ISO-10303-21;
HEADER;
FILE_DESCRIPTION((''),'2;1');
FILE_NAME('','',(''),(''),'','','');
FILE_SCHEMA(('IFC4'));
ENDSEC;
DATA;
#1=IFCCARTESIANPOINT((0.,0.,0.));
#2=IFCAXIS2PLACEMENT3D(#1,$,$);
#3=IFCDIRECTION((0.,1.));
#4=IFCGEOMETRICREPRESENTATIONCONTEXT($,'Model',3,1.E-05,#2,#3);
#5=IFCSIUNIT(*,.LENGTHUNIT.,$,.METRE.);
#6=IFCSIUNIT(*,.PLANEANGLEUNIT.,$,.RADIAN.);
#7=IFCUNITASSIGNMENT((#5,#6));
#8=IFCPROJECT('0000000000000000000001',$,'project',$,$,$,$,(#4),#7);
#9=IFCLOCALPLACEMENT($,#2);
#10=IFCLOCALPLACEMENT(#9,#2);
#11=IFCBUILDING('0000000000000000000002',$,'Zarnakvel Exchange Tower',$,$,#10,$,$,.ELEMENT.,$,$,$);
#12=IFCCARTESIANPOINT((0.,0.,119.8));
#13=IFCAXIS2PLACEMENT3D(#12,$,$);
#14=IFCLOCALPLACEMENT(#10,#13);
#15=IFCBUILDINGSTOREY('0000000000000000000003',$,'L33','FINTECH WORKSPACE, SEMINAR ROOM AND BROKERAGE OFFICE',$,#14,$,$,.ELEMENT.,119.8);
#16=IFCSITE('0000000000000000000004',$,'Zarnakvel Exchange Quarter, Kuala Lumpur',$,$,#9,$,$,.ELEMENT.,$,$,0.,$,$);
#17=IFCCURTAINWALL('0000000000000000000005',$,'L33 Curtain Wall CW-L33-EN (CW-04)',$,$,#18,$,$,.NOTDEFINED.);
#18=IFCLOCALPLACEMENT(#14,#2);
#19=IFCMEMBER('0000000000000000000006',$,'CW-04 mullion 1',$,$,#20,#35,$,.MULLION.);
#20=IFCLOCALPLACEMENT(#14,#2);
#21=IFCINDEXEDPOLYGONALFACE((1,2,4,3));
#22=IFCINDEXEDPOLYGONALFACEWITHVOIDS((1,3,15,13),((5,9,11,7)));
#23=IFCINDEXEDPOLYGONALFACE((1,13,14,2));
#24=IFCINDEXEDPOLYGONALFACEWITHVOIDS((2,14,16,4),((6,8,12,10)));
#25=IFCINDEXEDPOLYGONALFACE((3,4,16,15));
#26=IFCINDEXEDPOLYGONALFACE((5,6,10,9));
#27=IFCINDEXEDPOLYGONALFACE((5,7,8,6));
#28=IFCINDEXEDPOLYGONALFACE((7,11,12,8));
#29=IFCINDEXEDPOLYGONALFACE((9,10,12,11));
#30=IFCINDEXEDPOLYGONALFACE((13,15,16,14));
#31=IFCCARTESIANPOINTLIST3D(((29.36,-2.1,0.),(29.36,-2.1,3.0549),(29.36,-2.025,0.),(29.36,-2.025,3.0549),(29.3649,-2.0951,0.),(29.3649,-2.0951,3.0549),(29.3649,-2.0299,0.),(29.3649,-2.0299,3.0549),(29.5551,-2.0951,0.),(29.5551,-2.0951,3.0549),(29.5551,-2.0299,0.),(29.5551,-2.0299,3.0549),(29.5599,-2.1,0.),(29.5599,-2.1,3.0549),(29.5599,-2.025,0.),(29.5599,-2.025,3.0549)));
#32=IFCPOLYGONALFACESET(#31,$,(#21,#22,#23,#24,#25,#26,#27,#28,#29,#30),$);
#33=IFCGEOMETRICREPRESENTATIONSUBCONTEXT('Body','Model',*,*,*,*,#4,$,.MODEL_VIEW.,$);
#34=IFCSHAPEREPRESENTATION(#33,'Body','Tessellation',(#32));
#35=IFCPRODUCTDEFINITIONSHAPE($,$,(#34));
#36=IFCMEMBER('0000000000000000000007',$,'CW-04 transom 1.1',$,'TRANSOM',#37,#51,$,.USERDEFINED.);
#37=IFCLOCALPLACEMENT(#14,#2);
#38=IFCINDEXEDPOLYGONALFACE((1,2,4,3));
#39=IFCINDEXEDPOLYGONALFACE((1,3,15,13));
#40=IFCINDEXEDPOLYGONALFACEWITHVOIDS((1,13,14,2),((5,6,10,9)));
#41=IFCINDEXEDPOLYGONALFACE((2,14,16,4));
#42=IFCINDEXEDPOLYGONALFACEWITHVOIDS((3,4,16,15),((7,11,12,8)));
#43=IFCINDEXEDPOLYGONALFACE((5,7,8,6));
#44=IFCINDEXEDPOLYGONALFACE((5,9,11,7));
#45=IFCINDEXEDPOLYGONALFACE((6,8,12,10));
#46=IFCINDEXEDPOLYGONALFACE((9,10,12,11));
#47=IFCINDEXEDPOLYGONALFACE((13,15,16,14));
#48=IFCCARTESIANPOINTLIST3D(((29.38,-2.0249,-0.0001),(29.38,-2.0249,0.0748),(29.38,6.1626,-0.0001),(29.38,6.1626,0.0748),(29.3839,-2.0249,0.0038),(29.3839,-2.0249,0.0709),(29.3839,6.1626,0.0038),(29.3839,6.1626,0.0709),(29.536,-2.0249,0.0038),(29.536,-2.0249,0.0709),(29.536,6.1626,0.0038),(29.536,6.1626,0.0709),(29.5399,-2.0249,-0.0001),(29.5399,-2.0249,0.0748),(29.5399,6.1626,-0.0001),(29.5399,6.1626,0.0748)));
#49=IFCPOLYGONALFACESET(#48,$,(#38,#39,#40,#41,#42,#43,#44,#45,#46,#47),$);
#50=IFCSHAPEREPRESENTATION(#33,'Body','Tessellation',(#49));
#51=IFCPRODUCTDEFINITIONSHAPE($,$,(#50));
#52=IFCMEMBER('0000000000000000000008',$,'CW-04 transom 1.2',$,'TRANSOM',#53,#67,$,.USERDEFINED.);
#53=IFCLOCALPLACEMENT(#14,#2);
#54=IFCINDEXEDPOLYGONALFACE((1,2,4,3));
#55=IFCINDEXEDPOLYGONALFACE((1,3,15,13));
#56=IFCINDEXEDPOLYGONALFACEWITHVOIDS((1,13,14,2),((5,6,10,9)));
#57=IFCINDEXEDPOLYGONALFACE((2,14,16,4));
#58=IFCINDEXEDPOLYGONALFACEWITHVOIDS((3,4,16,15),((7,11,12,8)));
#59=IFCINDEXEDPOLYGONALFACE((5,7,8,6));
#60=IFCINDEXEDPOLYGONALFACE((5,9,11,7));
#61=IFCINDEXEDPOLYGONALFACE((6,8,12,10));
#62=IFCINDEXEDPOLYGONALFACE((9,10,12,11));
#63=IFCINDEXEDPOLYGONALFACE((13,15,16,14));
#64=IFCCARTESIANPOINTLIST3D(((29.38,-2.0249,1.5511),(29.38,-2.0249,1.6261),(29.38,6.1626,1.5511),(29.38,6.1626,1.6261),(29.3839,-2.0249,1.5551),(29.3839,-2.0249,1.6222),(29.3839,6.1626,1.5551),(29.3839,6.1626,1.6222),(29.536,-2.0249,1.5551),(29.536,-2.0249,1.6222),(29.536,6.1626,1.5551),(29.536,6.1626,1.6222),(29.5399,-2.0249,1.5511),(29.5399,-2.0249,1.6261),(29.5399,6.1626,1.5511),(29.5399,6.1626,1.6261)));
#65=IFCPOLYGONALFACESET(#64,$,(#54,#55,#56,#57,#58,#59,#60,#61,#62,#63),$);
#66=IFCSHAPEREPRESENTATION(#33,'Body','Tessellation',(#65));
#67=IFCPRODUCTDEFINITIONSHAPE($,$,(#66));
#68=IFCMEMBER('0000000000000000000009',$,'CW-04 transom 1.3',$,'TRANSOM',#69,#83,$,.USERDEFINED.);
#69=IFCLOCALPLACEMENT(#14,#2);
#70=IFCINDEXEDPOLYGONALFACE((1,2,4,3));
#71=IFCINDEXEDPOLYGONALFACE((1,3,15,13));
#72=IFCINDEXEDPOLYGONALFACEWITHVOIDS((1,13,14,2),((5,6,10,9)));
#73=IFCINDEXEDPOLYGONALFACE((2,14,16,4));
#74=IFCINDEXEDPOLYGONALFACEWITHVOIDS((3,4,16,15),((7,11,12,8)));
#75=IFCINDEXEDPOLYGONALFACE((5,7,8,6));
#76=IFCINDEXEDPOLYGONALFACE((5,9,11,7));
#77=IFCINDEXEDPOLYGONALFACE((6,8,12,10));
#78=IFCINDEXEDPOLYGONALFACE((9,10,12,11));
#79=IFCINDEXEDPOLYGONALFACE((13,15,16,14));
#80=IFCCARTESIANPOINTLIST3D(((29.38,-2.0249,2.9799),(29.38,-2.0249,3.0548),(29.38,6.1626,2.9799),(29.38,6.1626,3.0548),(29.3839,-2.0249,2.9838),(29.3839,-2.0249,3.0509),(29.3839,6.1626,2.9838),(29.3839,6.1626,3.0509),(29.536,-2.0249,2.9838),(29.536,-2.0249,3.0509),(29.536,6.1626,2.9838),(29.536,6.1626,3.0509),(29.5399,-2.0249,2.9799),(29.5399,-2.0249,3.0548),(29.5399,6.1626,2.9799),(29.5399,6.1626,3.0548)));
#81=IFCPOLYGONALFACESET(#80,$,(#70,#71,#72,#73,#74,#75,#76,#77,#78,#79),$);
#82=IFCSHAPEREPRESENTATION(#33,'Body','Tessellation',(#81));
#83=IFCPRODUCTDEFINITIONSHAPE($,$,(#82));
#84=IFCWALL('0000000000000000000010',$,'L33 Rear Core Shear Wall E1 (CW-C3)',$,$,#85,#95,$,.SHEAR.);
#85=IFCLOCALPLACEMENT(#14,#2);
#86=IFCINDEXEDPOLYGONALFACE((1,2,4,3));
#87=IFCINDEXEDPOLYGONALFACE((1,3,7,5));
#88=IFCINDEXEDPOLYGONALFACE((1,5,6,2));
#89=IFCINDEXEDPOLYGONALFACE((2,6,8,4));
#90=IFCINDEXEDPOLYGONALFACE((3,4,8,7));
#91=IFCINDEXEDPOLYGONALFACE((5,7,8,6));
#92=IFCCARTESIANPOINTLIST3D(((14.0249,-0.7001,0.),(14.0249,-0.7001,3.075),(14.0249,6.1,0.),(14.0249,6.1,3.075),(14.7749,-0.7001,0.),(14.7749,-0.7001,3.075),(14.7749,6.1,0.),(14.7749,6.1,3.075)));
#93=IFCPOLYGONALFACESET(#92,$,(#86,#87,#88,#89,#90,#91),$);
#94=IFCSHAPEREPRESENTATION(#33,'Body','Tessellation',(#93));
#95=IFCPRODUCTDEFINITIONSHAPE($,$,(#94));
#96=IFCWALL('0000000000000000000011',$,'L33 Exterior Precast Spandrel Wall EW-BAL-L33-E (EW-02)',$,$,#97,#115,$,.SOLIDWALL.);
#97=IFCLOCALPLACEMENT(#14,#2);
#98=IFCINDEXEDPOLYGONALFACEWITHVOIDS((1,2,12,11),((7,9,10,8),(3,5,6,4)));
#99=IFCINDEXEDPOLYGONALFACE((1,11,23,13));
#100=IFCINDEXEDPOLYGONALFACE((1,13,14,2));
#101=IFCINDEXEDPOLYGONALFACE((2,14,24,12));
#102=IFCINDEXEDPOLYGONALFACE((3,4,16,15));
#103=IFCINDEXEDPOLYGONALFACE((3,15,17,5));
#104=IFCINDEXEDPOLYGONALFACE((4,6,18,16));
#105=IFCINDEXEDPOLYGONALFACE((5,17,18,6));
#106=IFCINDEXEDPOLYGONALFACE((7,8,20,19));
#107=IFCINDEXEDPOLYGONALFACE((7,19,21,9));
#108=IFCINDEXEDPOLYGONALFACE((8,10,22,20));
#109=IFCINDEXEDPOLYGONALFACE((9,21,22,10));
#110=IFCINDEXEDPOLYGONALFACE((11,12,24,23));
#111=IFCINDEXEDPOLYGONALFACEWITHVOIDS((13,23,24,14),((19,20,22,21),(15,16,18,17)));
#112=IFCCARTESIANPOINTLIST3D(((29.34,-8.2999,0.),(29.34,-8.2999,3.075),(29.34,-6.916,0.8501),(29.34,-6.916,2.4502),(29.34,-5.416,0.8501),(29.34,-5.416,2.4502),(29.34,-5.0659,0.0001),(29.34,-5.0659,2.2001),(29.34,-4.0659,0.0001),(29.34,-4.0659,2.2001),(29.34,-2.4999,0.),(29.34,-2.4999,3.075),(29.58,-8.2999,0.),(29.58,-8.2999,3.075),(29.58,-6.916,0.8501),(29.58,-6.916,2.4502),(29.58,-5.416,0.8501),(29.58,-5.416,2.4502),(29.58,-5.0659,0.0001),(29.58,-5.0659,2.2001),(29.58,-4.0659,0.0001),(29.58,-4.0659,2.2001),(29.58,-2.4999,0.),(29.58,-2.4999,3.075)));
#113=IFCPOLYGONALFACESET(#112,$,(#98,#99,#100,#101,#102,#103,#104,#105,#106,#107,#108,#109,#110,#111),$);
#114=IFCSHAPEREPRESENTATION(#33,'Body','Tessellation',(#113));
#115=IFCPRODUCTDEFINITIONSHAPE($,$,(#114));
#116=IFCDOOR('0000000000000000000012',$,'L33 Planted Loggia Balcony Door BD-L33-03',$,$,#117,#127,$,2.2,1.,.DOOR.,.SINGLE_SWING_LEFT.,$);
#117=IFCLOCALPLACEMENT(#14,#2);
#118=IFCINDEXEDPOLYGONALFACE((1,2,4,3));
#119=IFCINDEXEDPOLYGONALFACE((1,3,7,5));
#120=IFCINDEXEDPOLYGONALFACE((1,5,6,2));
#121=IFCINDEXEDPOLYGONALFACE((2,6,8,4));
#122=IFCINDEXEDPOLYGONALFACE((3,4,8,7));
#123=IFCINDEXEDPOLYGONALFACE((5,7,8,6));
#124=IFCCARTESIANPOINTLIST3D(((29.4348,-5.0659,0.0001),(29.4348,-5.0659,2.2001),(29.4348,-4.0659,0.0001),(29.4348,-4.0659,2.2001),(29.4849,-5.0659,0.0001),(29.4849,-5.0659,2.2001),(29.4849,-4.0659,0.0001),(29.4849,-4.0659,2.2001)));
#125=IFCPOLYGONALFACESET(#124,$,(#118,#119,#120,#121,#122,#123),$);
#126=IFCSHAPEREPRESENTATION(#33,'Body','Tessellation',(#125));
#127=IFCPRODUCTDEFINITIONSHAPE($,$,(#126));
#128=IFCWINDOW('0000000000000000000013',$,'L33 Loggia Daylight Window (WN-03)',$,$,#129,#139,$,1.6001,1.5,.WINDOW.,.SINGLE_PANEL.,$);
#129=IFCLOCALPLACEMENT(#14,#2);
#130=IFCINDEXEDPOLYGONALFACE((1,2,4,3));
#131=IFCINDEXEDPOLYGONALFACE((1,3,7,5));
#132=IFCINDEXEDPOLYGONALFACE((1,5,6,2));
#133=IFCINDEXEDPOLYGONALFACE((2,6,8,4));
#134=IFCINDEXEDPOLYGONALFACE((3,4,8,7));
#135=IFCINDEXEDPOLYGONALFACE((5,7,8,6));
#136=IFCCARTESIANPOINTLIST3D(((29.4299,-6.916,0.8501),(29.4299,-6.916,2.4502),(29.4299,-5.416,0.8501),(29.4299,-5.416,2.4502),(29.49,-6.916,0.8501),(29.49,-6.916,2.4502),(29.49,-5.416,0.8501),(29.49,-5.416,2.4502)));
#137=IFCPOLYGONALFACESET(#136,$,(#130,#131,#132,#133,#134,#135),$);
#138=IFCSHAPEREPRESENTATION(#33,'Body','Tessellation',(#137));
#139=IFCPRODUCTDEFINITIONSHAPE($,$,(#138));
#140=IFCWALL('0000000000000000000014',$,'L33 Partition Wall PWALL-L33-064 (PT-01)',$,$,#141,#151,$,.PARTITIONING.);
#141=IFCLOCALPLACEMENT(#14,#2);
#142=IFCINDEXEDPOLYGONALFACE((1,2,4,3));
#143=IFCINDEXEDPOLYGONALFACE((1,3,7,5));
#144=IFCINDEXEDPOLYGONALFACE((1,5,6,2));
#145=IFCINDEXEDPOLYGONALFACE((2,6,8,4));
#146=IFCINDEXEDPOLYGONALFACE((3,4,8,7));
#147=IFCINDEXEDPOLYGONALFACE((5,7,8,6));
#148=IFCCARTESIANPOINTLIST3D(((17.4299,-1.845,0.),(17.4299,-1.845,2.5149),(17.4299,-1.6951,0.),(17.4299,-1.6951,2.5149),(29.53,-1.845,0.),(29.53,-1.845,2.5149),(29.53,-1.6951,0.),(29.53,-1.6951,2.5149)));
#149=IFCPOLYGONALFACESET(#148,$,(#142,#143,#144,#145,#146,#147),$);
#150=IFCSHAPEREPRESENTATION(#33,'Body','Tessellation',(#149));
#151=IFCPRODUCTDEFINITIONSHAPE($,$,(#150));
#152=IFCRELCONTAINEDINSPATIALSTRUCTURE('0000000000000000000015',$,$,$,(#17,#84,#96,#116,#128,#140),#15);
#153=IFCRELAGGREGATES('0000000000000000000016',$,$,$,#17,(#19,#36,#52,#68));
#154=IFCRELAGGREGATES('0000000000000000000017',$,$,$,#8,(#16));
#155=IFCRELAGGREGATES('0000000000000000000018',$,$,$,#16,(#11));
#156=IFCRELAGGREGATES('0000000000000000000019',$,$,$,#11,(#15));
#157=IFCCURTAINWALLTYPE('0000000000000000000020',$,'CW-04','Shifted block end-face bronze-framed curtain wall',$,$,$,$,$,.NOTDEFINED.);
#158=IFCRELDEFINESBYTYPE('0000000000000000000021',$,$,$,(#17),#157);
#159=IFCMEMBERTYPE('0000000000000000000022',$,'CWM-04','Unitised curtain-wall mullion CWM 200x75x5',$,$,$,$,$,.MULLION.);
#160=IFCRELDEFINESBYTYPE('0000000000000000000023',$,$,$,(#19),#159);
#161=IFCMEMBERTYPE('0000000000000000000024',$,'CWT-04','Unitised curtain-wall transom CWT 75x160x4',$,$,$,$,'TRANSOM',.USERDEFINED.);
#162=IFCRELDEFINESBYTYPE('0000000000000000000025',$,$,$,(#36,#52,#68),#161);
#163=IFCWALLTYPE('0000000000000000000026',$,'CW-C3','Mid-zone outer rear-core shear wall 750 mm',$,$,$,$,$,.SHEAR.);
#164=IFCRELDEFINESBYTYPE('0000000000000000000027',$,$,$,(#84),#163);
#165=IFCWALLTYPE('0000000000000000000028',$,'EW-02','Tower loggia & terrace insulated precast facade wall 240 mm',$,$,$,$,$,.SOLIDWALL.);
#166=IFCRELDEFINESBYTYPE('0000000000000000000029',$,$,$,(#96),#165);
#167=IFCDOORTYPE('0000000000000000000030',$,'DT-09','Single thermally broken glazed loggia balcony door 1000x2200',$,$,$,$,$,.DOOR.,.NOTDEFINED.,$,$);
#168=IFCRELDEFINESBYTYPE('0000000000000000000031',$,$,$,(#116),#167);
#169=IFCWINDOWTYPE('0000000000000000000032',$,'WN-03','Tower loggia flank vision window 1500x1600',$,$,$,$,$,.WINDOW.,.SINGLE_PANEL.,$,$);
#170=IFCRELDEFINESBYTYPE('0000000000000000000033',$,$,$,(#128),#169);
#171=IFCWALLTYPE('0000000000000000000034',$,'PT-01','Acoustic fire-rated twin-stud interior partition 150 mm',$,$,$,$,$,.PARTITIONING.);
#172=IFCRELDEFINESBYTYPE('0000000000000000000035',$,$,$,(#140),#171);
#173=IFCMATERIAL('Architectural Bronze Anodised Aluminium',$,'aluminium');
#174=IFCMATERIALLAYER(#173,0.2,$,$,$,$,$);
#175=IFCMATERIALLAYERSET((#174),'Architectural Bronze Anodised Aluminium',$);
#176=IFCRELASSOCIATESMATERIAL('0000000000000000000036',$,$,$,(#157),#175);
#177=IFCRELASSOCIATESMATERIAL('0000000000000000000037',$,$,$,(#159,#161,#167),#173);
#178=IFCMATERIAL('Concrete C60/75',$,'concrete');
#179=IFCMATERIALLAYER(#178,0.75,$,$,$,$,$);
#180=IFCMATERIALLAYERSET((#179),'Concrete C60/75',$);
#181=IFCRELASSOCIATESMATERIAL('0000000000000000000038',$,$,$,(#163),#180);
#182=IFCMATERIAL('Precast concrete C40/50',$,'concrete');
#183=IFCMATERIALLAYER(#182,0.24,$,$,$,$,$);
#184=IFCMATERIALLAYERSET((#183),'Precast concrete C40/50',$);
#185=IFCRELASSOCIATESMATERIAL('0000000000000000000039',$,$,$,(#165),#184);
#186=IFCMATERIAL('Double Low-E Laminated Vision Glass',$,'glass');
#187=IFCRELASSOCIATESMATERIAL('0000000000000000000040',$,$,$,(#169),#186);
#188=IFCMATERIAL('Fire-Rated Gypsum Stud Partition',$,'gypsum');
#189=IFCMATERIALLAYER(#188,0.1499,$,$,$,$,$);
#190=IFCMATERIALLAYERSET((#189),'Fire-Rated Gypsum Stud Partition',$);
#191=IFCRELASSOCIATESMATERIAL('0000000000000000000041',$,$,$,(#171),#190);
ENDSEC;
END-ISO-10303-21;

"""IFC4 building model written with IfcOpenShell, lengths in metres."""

from ifc_helpers import new_model, si_unit, direction, frame, frame_2d, origin, origin_2d, place, context, subcontext, project, spatial, rectangle, hollow_rectangle, extrude, source, transform, mapped, material, layer, layer_set, material_profile, profile_set, type_object, element, fill, aggregate, save


model = new_model("IFC4")

# Units and contexts
model_context = context("Model", 3, precision=1e-05, world=origin(), true_north=direction((0.0, 1.0)))
body_context = subcontext(model_context, "Body", "Model", "MODEL_VIEW")
ifc_project = project(units=[si_unit("LENGTHUNIT", "METRE"), si_unit("PLANEANGLEUNIT", "RADIAN")], contexts=[model_context])

# Site, building, storey
site_placement = place(None, origin())
site = spatial("IfcSite", under=ifc_project, at=site_placement, Name="Zarnakvel Exchange Quarter, Kuala Lumpur", CompositionType="ELEMENT", RefElevation=0.0)
building_placement = place(site_placement, origin())
building = spatial("IfcBuilding", under=site, at=building_placement, Name="Zarnakvel Exchange Tower", CompositionType="ELEMENT")
storey_placement = place(building_placement, frame((0.0, 0.0, 119.8)))
storey = spatial("IfcBuildingStorey", under=building, at=storey_placement, Name="L33", Description="FINTECH WORKSPACE, SEMINAR ROOM AND BROKERAGE OFFICE", CompositionType="ELEMENT", Elevation=119.8)

# Shared definitions
ifc_material_1 = material(Name="Concrete C60/75", Category="concrete")

# Curtain wall, members
ifc_material_2 = material(Name="Architectural Bronze Anodised Aluminium", Category="aluminium")
ifc_layer_1 = layer(ifc_material_2, 0.2)
ifc_layer_set_1 = layer_set([ifc_layer_1], Name="Architectural Bronze Anodised Aluminium")
curtain_wall_type = type_object("IfcCurtainWallType", Name="CW-04", Description="Shifted block end-face bronze-framed curtain wall", PredefinedType="NOTDEFINED", material=ifc_layer_set_1)
curtain_wall_placement = place(storey_placement, origin())
curtain_wall = element("IfcCurtainWall", 1, at=curtain_wall_placement, inside=storey, type_object=curtain_wall_type, Name="L33 Curtain Wall CW-L33-EN (CW-04)", PredefinedType="NOTDEFINED")
ifc_material_profile_1 = material_profile(ifc_material_2, hollow_rectangle(XDim=0.2, YDim=0.075, WallThickness=0.0049, at=origin_2d()))
ifc_profile_set_1 = profile_set([ifc_material_profile_1], Name="Architectural Bronze Anodised Aluminium")
member_type_1 = type_object("IfcMemberType", Name="CWM-04", Description="Unitised curtain-wall mullion CWM 200x75x5", PredefinedType="MULLION", material=ifc_profile_set_1)
shared_shape_1 = source(origin(), body_context, "Body", "SweptSolid", [
    extrude(hollow_rectangle(XDim=0.2, YDim=0.075, WallThickness=0.0049, at=origin_2d()), origin(), (0.0, 0.0, 1.0), 3.0549),
])
member_1_placement = place(storey_placement, frame((29.46, -2.0625, 0.0), z_axis=(0.0, 0.0, 1.0), x_axis=(-1.0, 0.0, 0.0)))
member_1 = element("IfcMember", 2, at=member_1_placement, type_object=member_type_1, Name="CW-04 mullion 1", PredefinedType="MULLION", context=body_context, shape_type="MappedRepresentation", body=[
    mapped(shared_shape_1, transform((0.0, 0.0, 0.0), x_axis=(1.0, 0.0, 0.0), y_axis=(0.0, 1.0, 0.0), z_axis=(0.0, 0.0, 1.0), scale=1.0)),
])
ifc_material_profile_2 = material_profile(ifc_material_2, hollow_rectangle(XDim=0.1599, YDim=0.075, WallThickness=0.0039, at=origin_2d()))
ifc_profile_set_2 = profile_set([ifc_material_profile_2], Name="Architectural Bronze Anodised Aluminium")
member_type_2 = type_object("IfcMemberType", Name="CWT-04", Description="Unitised curtain-wall transom CWT 75x160x4", ElementType="TRANSOM", PredefinedType="USERDEFINED", material=ifc_profile_set_2)
shared_shape_2 = source(origin(), body_context, "Body", "SweptSolid", [
    extrude(hollow_rectangle(XDim=0.1599, YDim=0.075, WallThickness=0.0039, at=origin_2d()), origin(), (0.0, 0.0, 1.0), 8.1875),
])
member_2_placement = place(storey_placement, frame((29.46, -2.0249, 0.0374), z_axis=(0.0, 1.0, 0.0), x_axis=(-1.0, 0.0, 0.0)))
member_2 = element("IfcMember", 3, at=member_2_placement, type_object=member_type_2, Name="CW-04 transom 1.1", ObjectType="TRANSOM", PredefinedType="USERDEFINED", context=body_context, shape_type="MappedRepresentation", body=[
    mapped(shared_shape_2, transform((0.0, 0.0, 0.0), x_axis=(1.0, 0.0, 0.0), y_axis=(0.0, 1.0, 0.0), z_axis=(0.0, 0.0, 1.0), scale=1.0)),
])
member_3_placement = place(storey_placement, frame((29.46, -2.0249, 1.5886), z_axis=(0.0, 1.0, 0.0), x_axis=(-1.0, 0.0, 0.0)))
member_3 = element("IfcMember", 4, at=member_3_placement, type_object=member_type_2, Name="CW-04 transom 1.2", ObjectType="TRANSOM", PredefinedType="USERDEFINED", context=body_context, shape_type="MappedRepresentation", body=[
    mapped(shared_shape_2, transform((0.0, 0.0, 0.0), x_axis=(1.0, 0.0, 0.0), y_axis=(0.0, 1.0, 0.0), z_axis=(0.0, 0.0, 1.0), scale=1.0)),
])
member_4_placement = place(storey_placement, frame((29.46, -2.0249, 3.0173), z_axis=(0.0, 1.0, 0.0), x_axis=(-1.0, 0.0, 0.0)))
member_4 = element("IfcMember", 5, at=member_4_placement, type_object=member_type_2, Name="CW-04 transom 1.3", ObjectType="TRANSOM", PredefinedType="USERDEFINED", context=body_context, shape_type="MappedRepresentation", body=[
    mapped(shared_shape_2, transform((0.0, 0.0, 0.0), x_axis=(1.0, 0.0, 0.0), y_axis=(0.0, 1.0, 0.0), z_axis=(0.0, 0.0, 1.0), scale=1.0)),
])
aggregate(curtain_wall, [member_1, member_2, member_3, member_4])

# Wall
ifc_layer_2 = layer(ifc_material_1, 0.75)
ifc_layer_set_2 = layer_set([ifc_layer_2], Name="Concrete C60/75")
wall_type_1 = type_object("IfcWallType", Name="CW-C3", Description="Mid-zone outer rear-core shear wall 750 mm", PredefinedType="SHEAR", material=ifc_layer_set_2)
wall_1_placement = place(storey_placement, frame((14.3999, -0.7, 0.0), z_axis=(0.0, 0.0, 1.0), x_axis=(0.0, 1.0, 0.0)))
element("IfcWall", 6, at=wall_1_placement, inside=storey, type_object=wall_type_1, Name="L33 Rear Core Shear Wall E1 (CW-C3)", PredefinedType="SHEAR", context=body_context, shape_type="SweptSolid", body=[
    extrude(rectangle(XDim=6.8, YDim=0.75, at=frame_2d((3.3999, 0.0))), origin(), (0.0, 0.0, 1.0), 3.075),
])

# Wall, openings, door, window
ifc_material_3 = material(Name="Precast concrete C40/50", Category="concrete")
ifc_layer_3 = layer(ifc_material_3, 0.24)
ifc_layer_set_3 = layer_set([ifc_layer_3], Name="Precast concrete C40/50")
wall_type_2 = type_object("IfcWallType", Name="EW-02", Description="Tower loggia & terrace insulated precast facade wall 240 mm", PredefinedType="SOLIDWALL", material=ifc_layer_set_3)
wall_2_placement = place(storey_placement, frame((29.46, -2.5, 0.0), z_axis=(0.0, 0.0, 1.0), x_axis=(0.0, -1.0, 0.0)))
wall_2 = element("IfcWall", 7, at=wall_2_placement, inside=storey, type_object=wall_type_2, Name="L33 Exterior Precast Spandrel Wall EW-BAL-L33-E (EW-02)", PredefinedType="SOLIDWALL", context=body_context, shape_type="SweptSolid", body=[
    extrude(rectangle(XDim=5.8, YDim=0.24, at=frame_2d((2.8999, 0.0))), origin(), (0.0, 0.0, 1.0), 3.075),
])
opening_1_placement = place(wall_2_placement, frame((1.5659, 0.0, 0.0)))
opening_1 = element("IfcOpeningElement", 8, at=opening_1_placement, cuts=wall_2, PredefinedType="OPENING", context=body_context, shape_type="SweptSolid", body=[
    extrude(rectangle(XDim=1.0, YDim=2.2, at=frame_2d((0.5, 1.1001))), frame((0.0, 0.1299, 0.0), z_axis=(0.0, -1.0, 0.0), x_axis=(1.0, 0.0, 0.0)), (0.0, 0.0, 1.0), 0.26),
])
opening_2_placement = place(wall_2_placement, frame((2.916, 0.0, 0.8501)))
opening_2 = element("IfcOpeningElement", 9, at=opening_2_placement, cuts=wall_2, PredefinedType="OPENING", context=body_context, shape_type="SweptSolid", body=[
    extrude(rectangle(XDim=1.5, YDim=1.6001, at=frame_2d((0.75, 0.8))), frame((0.0, 0.1299, 0.0), z_axis=(0.0, -1.0, 0.0), x_axis=(1.0, 0.0, 0.0)), (0.0, 0.0, 1.0), 0.26),
])
door_type_1 = type_object("IfcDoorType", Name="DT-09", Description="Single thermally broken glazed loggia balcony door 1000x2200", OperationType="NOTDEFINED", PredefinedType="DOOR", material=ifc_material_2)
shared_shape_3 = source(origin(), body_context, "Body", "SweptSolid", [
    extrude(rectangle(XDim=1.0, YDim=2.2, at=frame_2d((0.5, 1.1001))), frame((0.0, 0.0249, 0.0), z_axis=(0.0, -1.0, 0.0), x_axis=(1.0, 0.0, 0.0)), (0.0, 0.0, 1.0), 0.05),
])
door_1_placement = place(opening_1_placement, origin())
door_1 = element("IfcDoor", 10, at=door_1_placement, inside=storey, type_object=door_type_1, Name="L33 Planted Loggia Balcony Door BD-L33-03", OperationType="SINGLE_SWING_LEFT", OverallHeight=2.2, OverallWidth=1.0, PredefinedType="DOOR", context=body_context, shape_type="MappedRepresentation", body=[
    mapped(shared_shape_3, transform((0.0, 0.0, 0.0), x_axis=(1.0, 0.0, 0.0), y_axis=(0.0, 1.0, 0.0), z_axis=(0.0, 0.0, 1.0), scale=1.0)),
])
fill(opening_1, door_1)
ifc_material_4 = material(Name="Double Low-E Laminated Vision Glass", Category="glass")
window_type = type_object("IfcWindowType", Name="WN-03", Description="Tower loggia flank vision window 1500x1600", PartitioningType="SINGLE_PANEL", PredefinedType="WINDOW", material=ifc_material_4)
shared_shape_4 = source(origin(), body_context, "Body", "SweptSolid", [
    extrude(rectangle(XDim=1.5, YDim=1.6001, at=frame_2d((0.75, 0.8))), frame((0.0, 0.03, 0.0), z_axis=(0.0, -1.0, 0.0), x_axis=(1.0, 0.0, 0.0)), (0.0, 0.0, 1.0), 0.0601),
])
window_placement = place(opening_2_placement, origin())
window = element("IfcWindow", 11, at=window_placement, inside=storey, type_object=window_type, Name="L33 Loggia Daylight Window (WN-03)", OverallHeight=1.6001, OverallWidth=1.5, PartitioningType="SINGLE_PANEL", PredefinedType="WINDOW", context=body_context, shape_type="MappedRepresentation", body=[
    mapped(shared_shape_4, transform((0.0, 0.0, 0.0), x_axis=(1.0, 0.0, 0.0), y_axis=(0.0, 1.0, 0.0), z_axis=(0.0, 0.0, 1.0), scale=1.0)),
])
fill(opening_2, window)

# Wall
ifc_material_5 = material(Name="Fire-Rated Gypsum Stud Partition", Category="gypsum")
ifc_layer_4 = layer(ifc_material_5, 0.1499)
ifc_layer_set_4 = layer_set([ifc_layer_4], Name="Fire-Rated Gypsum Stud Partition")
wall_type_3 = type_object("IfcWallType", Name="PT-01", Description="Acoustic fire-rated twin-stud interior partition 150 mm", PredefinedType="PARTITIONING", material=ifc_layer_set_4)
wall_3_placement = place(storey_placement, frame((29.53, -1.77, 0.0), z_axis=(0.0, 0.0, 1.0), x_axis=(-1.0, 0.0, 0.0)))
element("IfcWall", 12, at=wall_3_placement, inside=storey, type_object=wall_type_3, Name="L33 Partition Wall PWALL-L33-064 (PT-01)", PredefinedType="PARTITIONING", context=body_context, shape_type="SweptSolid", body=[
    extrude(rectangle(XDim=12.1001, YDim=0.1499, at=frame_2d((6.05, 0.0))), origin(), (0.0, 0.0, 1.0), 2.5149),
])

save(model, "model.ifc")
